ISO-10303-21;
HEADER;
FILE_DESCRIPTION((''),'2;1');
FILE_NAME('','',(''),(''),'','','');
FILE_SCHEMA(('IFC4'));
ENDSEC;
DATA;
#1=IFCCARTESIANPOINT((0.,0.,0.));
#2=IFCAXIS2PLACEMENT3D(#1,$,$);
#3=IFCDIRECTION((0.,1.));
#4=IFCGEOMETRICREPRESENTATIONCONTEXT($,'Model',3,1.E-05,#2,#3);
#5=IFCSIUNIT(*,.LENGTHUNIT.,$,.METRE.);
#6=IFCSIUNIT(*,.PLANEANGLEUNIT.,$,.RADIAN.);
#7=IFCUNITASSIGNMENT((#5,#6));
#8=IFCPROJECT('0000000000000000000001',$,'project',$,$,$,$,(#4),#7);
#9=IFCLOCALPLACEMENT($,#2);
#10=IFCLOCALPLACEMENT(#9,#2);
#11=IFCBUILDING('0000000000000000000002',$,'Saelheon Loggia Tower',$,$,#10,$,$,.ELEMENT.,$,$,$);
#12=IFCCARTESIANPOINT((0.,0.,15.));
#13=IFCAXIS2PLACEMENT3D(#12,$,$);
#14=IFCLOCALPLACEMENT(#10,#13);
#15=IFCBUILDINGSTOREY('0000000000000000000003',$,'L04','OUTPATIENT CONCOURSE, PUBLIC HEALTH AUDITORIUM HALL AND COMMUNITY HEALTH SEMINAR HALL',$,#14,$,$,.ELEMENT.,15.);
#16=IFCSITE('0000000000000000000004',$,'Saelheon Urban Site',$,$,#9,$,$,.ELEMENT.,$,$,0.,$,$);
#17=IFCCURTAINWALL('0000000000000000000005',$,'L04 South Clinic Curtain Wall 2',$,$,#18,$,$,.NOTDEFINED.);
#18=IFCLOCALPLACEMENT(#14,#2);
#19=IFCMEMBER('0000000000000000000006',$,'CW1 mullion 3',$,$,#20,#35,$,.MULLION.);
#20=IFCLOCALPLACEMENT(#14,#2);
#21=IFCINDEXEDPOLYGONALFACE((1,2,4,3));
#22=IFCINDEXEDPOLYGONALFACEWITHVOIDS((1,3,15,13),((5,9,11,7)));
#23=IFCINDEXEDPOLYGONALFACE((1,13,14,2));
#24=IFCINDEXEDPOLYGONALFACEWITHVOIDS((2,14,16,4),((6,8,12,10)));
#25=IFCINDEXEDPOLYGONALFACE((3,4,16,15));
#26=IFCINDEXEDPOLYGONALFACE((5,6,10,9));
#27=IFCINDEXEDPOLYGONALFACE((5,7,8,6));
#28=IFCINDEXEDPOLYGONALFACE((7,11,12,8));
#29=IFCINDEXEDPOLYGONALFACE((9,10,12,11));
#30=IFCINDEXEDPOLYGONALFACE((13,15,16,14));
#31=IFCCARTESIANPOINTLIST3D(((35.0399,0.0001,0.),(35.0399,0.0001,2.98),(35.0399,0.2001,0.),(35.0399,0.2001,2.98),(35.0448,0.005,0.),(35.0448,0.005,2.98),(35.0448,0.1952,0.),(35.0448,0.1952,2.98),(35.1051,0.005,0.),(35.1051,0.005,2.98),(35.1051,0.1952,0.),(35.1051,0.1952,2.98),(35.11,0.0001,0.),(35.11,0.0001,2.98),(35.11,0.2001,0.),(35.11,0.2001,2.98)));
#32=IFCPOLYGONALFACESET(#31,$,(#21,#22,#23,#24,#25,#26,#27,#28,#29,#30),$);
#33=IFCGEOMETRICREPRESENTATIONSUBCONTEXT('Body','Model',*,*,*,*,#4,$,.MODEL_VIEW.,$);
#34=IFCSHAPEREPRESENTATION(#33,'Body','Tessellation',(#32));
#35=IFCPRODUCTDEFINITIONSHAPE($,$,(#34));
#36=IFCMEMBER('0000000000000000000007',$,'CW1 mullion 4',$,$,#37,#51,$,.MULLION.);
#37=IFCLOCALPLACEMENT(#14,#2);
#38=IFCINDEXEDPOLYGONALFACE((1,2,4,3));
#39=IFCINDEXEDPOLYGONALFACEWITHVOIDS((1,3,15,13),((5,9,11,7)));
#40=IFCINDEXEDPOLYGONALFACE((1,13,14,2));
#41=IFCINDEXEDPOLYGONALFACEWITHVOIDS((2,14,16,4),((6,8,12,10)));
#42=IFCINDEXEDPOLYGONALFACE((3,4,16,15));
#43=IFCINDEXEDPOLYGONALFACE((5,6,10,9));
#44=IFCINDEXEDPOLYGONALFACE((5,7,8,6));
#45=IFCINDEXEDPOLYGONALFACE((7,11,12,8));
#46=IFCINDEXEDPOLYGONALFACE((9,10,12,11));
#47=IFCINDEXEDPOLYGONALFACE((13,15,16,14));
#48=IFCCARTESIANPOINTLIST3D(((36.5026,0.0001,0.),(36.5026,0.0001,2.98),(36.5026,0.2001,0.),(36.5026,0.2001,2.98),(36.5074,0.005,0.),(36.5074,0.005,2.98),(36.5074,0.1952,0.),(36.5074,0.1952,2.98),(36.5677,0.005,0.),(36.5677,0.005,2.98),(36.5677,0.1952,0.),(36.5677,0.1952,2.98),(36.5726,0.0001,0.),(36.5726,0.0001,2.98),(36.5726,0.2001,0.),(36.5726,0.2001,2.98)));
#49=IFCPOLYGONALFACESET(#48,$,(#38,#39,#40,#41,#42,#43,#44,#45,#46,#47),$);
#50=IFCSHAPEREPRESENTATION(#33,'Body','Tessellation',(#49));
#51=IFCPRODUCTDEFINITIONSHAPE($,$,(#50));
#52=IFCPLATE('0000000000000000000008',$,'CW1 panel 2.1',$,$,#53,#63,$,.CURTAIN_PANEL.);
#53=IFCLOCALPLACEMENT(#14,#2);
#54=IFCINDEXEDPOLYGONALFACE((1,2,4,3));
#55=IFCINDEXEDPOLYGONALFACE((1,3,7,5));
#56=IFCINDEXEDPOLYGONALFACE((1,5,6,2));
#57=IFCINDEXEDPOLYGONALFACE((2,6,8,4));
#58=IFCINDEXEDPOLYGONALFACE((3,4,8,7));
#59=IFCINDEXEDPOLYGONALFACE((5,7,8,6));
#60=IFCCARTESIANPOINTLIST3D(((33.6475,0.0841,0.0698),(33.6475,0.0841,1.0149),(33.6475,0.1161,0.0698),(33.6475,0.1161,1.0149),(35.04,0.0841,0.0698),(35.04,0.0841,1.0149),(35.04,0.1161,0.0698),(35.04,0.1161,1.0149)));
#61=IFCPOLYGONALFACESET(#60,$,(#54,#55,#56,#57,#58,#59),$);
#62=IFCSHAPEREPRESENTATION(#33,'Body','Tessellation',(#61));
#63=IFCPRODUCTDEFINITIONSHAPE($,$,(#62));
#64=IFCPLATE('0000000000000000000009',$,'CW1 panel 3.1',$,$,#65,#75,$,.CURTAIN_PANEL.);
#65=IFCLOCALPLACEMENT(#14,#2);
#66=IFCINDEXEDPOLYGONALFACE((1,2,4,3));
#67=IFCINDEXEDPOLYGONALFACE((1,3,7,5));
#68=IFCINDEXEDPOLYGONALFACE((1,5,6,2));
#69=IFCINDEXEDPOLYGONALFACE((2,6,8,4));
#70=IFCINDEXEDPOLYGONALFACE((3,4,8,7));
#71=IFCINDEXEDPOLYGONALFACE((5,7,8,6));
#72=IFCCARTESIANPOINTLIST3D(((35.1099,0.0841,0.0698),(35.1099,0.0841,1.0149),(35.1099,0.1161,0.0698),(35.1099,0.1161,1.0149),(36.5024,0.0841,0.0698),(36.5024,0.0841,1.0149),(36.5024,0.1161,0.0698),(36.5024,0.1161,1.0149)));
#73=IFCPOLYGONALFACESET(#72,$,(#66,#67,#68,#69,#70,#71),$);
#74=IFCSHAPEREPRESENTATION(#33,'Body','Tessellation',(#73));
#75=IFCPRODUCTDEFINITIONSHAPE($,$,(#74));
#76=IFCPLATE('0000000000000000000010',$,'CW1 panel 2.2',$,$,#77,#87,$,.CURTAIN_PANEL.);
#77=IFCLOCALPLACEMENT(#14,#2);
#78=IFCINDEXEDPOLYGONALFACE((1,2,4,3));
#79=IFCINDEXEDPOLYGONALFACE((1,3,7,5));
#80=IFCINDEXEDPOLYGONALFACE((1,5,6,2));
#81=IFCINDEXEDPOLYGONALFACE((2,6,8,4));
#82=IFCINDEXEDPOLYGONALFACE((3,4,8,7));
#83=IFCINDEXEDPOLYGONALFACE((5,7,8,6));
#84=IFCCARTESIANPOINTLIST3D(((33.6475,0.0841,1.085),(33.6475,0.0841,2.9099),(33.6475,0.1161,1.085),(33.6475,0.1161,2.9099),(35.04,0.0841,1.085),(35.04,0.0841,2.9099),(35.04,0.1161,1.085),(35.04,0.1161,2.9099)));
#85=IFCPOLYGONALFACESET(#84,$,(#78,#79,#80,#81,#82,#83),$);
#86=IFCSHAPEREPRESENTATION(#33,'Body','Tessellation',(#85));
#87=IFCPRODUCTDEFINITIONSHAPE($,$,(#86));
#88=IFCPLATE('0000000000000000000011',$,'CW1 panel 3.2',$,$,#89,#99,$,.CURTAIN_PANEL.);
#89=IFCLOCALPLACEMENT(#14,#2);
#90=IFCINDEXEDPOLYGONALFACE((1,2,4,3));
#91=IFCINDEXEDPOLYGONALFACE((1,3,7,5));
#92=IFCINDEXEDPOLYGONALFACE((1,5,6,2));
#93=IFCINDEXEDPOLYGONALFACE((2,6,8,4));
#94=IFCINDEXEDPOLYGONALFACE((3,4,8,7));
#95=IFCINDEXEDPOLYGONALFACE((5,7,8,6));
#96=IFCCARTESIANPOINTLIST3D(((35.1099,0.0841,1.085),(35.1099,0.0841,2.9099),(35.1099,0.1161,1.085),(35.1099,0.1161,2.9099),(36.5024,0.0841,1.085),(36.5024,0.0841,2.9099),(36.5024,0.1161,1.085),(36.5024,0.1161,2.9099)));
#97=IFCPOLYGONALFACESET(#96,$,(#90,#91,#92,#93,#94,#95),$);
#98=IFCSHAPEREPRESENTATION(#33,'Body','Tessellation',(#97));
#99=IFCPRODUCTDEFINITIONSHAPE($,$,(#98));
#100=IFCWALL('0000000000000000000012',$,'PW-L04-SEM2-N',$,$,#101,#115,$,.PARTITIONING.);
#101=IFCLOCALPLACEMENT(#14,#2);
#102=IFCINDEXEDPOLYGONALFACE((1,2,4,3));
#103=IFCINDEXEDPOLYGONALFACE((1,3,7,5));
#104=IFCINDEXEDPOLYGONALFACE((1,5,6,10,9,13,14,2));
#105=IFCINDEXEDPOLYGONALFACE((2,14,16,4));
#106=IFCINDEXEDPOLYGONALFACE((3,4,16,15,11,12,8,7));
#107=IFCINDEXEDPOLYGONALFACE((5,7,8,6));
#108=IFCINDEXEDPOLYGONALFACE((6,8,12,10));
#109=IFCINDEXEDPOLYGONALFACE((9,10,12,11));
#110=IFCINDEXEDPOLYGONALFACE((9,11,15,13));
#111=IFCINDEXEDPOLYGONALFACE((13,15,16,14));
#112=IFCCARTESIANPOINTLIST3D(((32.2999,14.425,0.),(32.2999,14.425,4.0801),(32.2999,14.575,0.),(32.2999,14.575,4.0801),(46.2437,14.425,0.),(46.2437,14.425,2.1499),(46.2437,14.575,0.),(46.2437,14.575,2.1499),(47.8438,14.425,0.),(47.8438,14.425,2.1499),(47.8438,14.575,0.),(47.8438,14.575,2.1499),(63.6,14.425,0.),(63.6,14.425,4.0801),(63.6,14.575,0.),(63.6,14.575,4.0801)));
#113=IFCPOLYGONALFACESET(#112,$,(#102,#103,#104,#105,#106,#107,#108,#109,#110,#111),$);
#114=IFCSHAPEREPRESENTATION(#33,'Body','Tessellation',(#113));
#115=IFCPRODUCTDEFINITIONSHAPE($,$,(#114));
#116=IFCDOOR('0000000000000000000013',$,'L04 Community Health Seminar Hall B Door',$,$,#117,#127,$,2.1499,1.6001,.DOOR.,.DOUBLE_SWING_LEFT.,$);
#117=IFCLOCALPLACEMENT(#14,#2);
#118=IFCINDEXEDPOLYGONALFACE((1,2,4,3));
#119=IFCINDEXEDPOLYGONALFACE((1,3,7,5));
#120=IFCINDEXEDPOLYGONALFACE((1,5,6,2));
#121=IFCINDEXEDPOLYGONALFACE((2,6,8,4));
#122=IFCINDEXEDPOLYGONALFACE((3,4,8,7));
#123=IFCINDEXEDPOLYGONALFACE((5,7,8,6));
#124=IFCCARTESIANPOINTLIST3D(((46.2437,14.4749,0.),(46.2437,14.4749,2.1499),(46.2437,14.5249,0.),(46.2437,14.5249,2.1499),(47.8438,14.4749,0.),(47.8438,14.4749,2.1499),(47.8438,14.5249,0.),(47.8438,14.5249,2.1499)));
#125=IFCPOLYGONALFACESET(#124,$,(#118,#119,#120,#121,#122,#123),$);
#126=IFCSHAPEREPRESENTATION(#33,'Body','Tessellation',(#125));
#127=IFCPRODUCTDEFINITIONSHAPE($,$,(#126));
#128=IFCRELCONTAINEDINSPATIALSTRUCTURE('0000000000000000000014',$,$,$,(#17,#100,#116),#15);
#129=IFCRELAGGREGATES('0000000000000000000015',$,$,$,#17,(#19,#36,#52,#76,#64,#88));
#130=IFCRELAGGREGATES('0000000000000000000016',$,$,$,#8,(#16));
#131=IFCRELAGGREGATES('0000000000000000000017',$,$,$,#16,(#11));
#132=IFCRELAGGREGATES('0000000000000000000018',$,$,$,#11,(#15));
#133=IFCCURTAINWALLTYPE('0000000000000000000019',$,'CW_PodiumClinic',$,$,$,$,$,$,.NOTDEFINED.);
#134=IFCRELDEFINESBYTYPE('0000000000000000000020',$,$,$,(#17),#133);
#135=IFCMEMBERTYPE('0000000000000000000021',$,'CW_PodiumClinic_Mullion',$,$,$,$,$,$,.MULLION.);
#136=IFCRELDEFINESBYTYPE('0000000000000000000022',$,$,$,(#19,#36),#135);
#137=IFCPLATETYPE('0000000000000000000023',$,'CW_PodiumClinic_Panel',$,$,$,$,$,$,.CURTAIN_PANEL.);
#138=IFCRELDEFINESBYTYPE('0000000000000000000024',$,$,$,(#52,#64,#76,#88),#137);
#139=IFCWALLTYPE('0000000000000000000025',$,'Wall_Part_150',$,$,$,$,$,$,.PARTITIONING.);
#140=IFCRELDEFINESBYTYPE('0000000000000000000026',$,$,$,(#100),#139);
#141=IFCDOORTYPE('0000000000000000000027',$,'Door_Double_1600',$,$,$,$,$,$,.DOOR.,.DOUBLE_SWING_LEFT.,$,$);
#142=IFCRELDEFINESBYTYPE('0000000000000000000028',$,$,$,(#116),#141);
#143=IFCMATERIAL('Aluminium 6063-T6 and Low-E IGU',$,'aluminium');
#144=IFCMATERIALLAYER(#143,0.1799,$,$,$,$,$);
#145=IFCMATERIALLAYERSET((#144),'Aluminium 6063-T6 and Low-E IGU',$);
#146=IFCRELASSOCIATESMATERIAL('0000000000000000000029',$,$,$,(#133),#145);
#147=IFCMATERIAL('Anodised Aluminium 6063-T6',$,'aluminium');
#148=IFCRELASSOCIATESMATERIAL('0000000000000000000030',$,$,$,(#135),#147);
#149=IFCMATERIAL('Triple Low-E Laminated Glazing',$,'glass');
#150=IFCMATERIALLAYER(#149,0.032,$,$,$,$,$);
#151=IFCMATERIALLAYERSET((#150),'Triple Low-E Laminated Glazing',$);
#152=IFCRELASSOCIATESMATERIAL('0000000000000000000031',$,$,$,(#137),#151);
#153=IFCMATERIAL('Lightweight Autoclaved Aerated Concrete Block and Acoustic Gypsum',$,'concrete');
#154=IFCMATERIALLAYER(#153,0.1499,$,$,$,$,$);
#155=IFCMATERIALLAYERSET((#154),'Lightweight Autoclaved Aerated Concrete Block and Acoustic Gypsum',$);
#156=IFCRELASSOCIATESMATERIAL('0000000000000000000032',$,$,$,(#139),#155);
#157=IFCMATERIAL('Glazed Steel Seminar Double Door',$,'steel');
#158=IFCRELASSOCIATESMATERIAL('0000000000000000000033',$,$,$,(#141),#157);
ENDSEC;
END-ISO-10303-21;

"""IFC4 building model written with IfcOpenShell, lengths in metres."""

from ifc_helpers import new_model, si_unit, direction, frame, frame_2d, origin, origin_2d, place, context, subcontext, project, spatial, rectangle, hollow_rectangle, extrude, source, transform, mapped, material, layer, layer_set, material_profile, profile_set, type_object, element, fill, aggregate, save


model = new_model("IFC4")

# Units and contexts
model_context = context("Model", 3, precision=1e-05, world=origin(), true_north=direction((0.0, 1.0)))
body_context = subcontext(model_context, "Body", "Model", "MODEL_VIEW")
ifc_project = project(units=[si_unit("LENGTHUNIT", "METRE"), si_unit("PLANEANGLEUNIT", "RADIAN")], contexts=[model_context])

# Site, building, storey
site_placement = place(None, origin())
site = spatial("IfcSite", under=ifc_project, at=site_placement, Name="Saelheon Urban Site", CompositionType="ELEMENT", RefElevation=0.0)
building_placement = place(site_placement, origin())
building = spatial("IfcBuilding", under=site, at=building_placement, Name="Saelheon Loggia Tower", CompositionType="ELEMENT")
storey_placement = place(building_placement, frame((0.0, 0.0, 15.0)))
storey = spatial("IfcBuildingStorey", under=building, at=storey_placement, Name="L04", Description="OUTPATIENT CONCOURSE, PUBLIC HEALTH AUDITORIUM HALL AND COMMUNITY HEALTH SEMINAR HALL", CompositionType="ELEMENT", Elevation=15.0)

# Curtain wall, members, plates
ifc_material_1 = material(Name="Aluminium 6063-T6 and Low-E IGU", Category="aluminium")
ifc_layer_1 = layer(ifc_material_1, 0.1799)
ifc_layer_set_1 = layer_set([ifc_layer_1], Name="Aluminium 6063-T6 and Low-E IGU")
curtain_wall_type = type_object("IfcCurtainWallType", Name="CW_PodiumClinic", PredefinedType="NOTDEFINED", material=ifc_layer_set_1)
curtain_wall_placement = place(storey_placement, origin())
curtain_wall = element("IfcCurtainWall", 1, at=curtain_wall_placement, inside=storey, type_object=curtain_wall_type, Name="L04 South Clinic Curtain Wall 2", PredefinedType="NOTDEFINED")
ifc_material_2 = material(Name="Anodised Aluminium 6063-T6", Category="aluminium")
ifc_material_profile_1 = material_profile(ifc_material_2, hollow_rectangle(XDim=0.0701, YDim=0.2, WallThickness=0.0049, at=origin_2d()), Name="RHS-200x70x5")
ifc_profile_set_1 = profile_set([ifc_material_profile_1], Name="Anodised Aluminium 6063-T6")
member_type_1 = type_object("IfcMemberType", Name="CW_PodiumClinic_Mullion", PredefinedType="MULLION", material=ifc_profile_set_1)
shared_shape_1 = source(origin(), body_context, "Body", "SweptSolid", [
    extrude(hollow_rectangle(XDim=0.0701, YDim=0.2, WallThickness=0.0049, at=origin_2d()), origin(), (0.0, 0.0, 1.0), 2.98),
])
member_1_placement = place(storey_placement, frame((35.075, 0.1001, 0.0), z_axis=(0.0, 0.0, 1.0), x_axis=(1.0, 0.0, 0.0)))
member_1 = element("IfcMember", 2, at=member_1_placement, type_object=member_type_1, Name="CW1 mullion 3", PredefinedType="MULLION", context=body_context, shape_type="MappedRepresentation", body=[
    mapped(shared_shape_1, transform((0.0, 0.0, 0.0), scale=1.0)),
])
member_2_placement = place(storey_placement, frame((36.5376, 0.1001, 0.0), z_axis=(0.0, 0.0, 1.0), x_axis=(1.0, 0.0, 0.0)))
member_2 = element("IfcMember", 3, at=member_2_placement, type_object=member_type_1, Name="CW1 mullion 4", PredefinedType="MULLION", context=body_context, shape_type="MappedRepresentation", body=[
    mapped(shared_shape_1, transform((0.0, 0.0, 0.0), scale=1.0)),
])
ifc_material_3 = material(Name="Triple Low-E Laminated Glazing", Category="glass")
ifc_layer_2 = layer(ifc_material_3, 0.032)
ifc_layer_set_2 = layer_set([ifc_layer_2], Name="Triple Low-E Laminated Glazing")
plate_type = type_object("IfcPlateType", Name="CW_PodiumClinic_Panel", PredefinedType="CURTAIN_PANEL", material=ifc_layer_set_2)
shared_shape_2 = source(origin(), body_context, "Body", "SweptSolid", [
    extrude(rectangle(XDim=1.3926, YDim=0.032, at=origin_2d()), origin(), (0.0, 0.0, 1.0), 0.9451),
])
plate_1_placement = place(storey_placement, frame((34.3438, 0.1001, 0.0698), z_axis=(0.0, 0.0, 1.0), x_axis=(1.0, 0.0, 0.0)))
plate_1 = element("IfcPlate", 4, at=plate_1_placement, type_object=plate_type, Name="CW1 panel 2.1", PredefinedType="CURTAIN_PANEL", context=body_context, shape_type="MappedRepresentation", body=[
    mapped(shared_shape_2, transform((0.0, 0.0, 0.0), scale=1.0)),
])
plate_2_placement = place(storey_placement, frame((35.8062, 0.1001, 0.0698), z_axis=(0.0, 0.0, 1.0), x_axis=(1.0, 0.0, 0.0)))
plate_2 = element("IfcPlate", 5, at=plate_2_placement, type_object=plate_type, Name="CW1 panel 3.1", PredefinedType="CURTAIN_PANEL", context=body_context, shape_type="MappedRepresentation", body=[
    mapped(shared_shape_2, transform((0.0, 0.0, 0.0), scale=1.0)),
])
shared_shape_3 = source(origin(), body_context, "Body", "SweptSolid", [
    extrude(rectangle(XDim=1.3926, YDim=0.032, at=origin_2d()), origin(), (0.0, 0.0, 1.0), 1.825),
])
plate_3_placement = place(storey_placement, frame((34.3438, 0.1001, 1.085), z_axis=(0.0, 0.0, 1.0), x_axis=(1.0, 0.0, 0.0)))
plate_3 = element("IfcPlate", 6, at=plate_3_placement, type_object=plate_type, Name="CW1 panel 2.2", PredefinedType="CURTAIN_PANEL", context=body_context, shape_type="MappedRepresentation", body=[
    mapped(shared_shape_3, transform((0.0, 0.0, 0.0), scale=1.0)),
])
plate_4_placement = place(storey_placement, frame((35.8062, 0.1001, 1.085), z_axis=(0.0, 0.0, 1.0), x_axis=(1.0, 0.0, 0.0)))
plate_4 = element("IfcPlate", 7, at=plate_4_placement, type_object=plate_type, Name="CW1 panel 3.2", PredefinedType="CURTAIN_PANEL", context=body_context, shape_type="MappedRepresentation", body=[
    mapped(shared_shape_3, transform((0.0, 0.0, 0.0), scale=1.0)),
])
aggregate(curtain_wall, [member_1, member_2, plate_1, plate_3, plate_2, plate_4])

# Wall, opening, door
ifc_material_4 = material(Name="Lightweight Autoclaved Aerated Concrete Block and Acoustic Gypsum", Category="concrete")
ifc_layer_3 = layer(ifc_material_4, 0.1499)
ifc_layer_set_3 = layer_set([ifc_layer_3], Name="Lightweight Autoclaved Aerated Concrete Block and Acoustic Gypsum")
wall_type = type_object("IfcWallType", Name="Wall_Part_150", PredefinedType="PARTITIONING", material=ifc_layer_set_3)
wall_placement = place(storey_placement, frame((32.3, 14.5, 0.0), z_axis=(0.0, 0.0, 1.0), x_axis=(1.0, 0.0, 0.0)))
wall = element("IfcWall", 8, at=wall_placement, inside=storey, type_object=wall_type, Name="PW-L04-SEM2-N", PredefinedType="PARTITIONING", context=body_context, shape_type="SweptSolid", body=[
    extrude(rectangle(XDim=31.3, YDim=0.1499, at=frame_2d((15.6499, 0.0))), origin(), (0.0, 0.0, 1.0), 4.0801),
])
opening_placement = place(wall_placement, frame((13.9436, 0.0, 0.0)))
opening = element("IfcOpeningElement", 9, at=opening_placement, cuts=wall, PredefinedType="OPENING", context=body_context, shape_type="SweptSolid", body=[
    extrude(rectangle(XDim=1.6001, YDim=2.1499, at=frame_2d((0.8, 1.075))), frame((0.0, 0.0869, 0.0), z_axis=(0.0, -1.0, 0.0), x_axis=(1.0, 0.0, 0.0)), (0.0, 0.0, 1.0), 0.1738),
])
ifc_material_5 = material(Name="Glazed Steel Seminar Double Door", Category="steel")
door_type = type_object("IfcDoorType", Name="Door_Double_1600", OperationType="DOUBLE_SWING_LEFT", PredefinedType="DOOR", material=ifc_material_5)
shared_shape_4 = source(origin(), body_context, "Body", "SweptSolid", [
    extrude(rectangle(XDim=1.6001, YDim=2.1499, at=frame_2d((0.8, 1.075))), frame((0.0, 0.0249, 0.0), z_axis=(0.0, -1.0, 0.0), x_axis=(1.0, 0.0, 0.0)), (0.0, 0.0, 1.0), 0.05),
])
door_placement = place(opening_placement, origin())
door = element("IfcDoor", 10, at=door_placement, inside=storey, type_object=door_type, Name="L04 Community Health Seminar Hall B Door", OperationType="DOUBLE_SWING_LEFT", OverallHeight=2.1499, OverallWidth=1.6001, PredefinedType="DOOR", context=body_context, shape_type="MappedRepresentation", body=[
    mapped(shared_shape_4, transform((0.0, 0.0, 0.0), scale=1.0)),
])
fill(opening, door)

save(model, "model.ifc")
